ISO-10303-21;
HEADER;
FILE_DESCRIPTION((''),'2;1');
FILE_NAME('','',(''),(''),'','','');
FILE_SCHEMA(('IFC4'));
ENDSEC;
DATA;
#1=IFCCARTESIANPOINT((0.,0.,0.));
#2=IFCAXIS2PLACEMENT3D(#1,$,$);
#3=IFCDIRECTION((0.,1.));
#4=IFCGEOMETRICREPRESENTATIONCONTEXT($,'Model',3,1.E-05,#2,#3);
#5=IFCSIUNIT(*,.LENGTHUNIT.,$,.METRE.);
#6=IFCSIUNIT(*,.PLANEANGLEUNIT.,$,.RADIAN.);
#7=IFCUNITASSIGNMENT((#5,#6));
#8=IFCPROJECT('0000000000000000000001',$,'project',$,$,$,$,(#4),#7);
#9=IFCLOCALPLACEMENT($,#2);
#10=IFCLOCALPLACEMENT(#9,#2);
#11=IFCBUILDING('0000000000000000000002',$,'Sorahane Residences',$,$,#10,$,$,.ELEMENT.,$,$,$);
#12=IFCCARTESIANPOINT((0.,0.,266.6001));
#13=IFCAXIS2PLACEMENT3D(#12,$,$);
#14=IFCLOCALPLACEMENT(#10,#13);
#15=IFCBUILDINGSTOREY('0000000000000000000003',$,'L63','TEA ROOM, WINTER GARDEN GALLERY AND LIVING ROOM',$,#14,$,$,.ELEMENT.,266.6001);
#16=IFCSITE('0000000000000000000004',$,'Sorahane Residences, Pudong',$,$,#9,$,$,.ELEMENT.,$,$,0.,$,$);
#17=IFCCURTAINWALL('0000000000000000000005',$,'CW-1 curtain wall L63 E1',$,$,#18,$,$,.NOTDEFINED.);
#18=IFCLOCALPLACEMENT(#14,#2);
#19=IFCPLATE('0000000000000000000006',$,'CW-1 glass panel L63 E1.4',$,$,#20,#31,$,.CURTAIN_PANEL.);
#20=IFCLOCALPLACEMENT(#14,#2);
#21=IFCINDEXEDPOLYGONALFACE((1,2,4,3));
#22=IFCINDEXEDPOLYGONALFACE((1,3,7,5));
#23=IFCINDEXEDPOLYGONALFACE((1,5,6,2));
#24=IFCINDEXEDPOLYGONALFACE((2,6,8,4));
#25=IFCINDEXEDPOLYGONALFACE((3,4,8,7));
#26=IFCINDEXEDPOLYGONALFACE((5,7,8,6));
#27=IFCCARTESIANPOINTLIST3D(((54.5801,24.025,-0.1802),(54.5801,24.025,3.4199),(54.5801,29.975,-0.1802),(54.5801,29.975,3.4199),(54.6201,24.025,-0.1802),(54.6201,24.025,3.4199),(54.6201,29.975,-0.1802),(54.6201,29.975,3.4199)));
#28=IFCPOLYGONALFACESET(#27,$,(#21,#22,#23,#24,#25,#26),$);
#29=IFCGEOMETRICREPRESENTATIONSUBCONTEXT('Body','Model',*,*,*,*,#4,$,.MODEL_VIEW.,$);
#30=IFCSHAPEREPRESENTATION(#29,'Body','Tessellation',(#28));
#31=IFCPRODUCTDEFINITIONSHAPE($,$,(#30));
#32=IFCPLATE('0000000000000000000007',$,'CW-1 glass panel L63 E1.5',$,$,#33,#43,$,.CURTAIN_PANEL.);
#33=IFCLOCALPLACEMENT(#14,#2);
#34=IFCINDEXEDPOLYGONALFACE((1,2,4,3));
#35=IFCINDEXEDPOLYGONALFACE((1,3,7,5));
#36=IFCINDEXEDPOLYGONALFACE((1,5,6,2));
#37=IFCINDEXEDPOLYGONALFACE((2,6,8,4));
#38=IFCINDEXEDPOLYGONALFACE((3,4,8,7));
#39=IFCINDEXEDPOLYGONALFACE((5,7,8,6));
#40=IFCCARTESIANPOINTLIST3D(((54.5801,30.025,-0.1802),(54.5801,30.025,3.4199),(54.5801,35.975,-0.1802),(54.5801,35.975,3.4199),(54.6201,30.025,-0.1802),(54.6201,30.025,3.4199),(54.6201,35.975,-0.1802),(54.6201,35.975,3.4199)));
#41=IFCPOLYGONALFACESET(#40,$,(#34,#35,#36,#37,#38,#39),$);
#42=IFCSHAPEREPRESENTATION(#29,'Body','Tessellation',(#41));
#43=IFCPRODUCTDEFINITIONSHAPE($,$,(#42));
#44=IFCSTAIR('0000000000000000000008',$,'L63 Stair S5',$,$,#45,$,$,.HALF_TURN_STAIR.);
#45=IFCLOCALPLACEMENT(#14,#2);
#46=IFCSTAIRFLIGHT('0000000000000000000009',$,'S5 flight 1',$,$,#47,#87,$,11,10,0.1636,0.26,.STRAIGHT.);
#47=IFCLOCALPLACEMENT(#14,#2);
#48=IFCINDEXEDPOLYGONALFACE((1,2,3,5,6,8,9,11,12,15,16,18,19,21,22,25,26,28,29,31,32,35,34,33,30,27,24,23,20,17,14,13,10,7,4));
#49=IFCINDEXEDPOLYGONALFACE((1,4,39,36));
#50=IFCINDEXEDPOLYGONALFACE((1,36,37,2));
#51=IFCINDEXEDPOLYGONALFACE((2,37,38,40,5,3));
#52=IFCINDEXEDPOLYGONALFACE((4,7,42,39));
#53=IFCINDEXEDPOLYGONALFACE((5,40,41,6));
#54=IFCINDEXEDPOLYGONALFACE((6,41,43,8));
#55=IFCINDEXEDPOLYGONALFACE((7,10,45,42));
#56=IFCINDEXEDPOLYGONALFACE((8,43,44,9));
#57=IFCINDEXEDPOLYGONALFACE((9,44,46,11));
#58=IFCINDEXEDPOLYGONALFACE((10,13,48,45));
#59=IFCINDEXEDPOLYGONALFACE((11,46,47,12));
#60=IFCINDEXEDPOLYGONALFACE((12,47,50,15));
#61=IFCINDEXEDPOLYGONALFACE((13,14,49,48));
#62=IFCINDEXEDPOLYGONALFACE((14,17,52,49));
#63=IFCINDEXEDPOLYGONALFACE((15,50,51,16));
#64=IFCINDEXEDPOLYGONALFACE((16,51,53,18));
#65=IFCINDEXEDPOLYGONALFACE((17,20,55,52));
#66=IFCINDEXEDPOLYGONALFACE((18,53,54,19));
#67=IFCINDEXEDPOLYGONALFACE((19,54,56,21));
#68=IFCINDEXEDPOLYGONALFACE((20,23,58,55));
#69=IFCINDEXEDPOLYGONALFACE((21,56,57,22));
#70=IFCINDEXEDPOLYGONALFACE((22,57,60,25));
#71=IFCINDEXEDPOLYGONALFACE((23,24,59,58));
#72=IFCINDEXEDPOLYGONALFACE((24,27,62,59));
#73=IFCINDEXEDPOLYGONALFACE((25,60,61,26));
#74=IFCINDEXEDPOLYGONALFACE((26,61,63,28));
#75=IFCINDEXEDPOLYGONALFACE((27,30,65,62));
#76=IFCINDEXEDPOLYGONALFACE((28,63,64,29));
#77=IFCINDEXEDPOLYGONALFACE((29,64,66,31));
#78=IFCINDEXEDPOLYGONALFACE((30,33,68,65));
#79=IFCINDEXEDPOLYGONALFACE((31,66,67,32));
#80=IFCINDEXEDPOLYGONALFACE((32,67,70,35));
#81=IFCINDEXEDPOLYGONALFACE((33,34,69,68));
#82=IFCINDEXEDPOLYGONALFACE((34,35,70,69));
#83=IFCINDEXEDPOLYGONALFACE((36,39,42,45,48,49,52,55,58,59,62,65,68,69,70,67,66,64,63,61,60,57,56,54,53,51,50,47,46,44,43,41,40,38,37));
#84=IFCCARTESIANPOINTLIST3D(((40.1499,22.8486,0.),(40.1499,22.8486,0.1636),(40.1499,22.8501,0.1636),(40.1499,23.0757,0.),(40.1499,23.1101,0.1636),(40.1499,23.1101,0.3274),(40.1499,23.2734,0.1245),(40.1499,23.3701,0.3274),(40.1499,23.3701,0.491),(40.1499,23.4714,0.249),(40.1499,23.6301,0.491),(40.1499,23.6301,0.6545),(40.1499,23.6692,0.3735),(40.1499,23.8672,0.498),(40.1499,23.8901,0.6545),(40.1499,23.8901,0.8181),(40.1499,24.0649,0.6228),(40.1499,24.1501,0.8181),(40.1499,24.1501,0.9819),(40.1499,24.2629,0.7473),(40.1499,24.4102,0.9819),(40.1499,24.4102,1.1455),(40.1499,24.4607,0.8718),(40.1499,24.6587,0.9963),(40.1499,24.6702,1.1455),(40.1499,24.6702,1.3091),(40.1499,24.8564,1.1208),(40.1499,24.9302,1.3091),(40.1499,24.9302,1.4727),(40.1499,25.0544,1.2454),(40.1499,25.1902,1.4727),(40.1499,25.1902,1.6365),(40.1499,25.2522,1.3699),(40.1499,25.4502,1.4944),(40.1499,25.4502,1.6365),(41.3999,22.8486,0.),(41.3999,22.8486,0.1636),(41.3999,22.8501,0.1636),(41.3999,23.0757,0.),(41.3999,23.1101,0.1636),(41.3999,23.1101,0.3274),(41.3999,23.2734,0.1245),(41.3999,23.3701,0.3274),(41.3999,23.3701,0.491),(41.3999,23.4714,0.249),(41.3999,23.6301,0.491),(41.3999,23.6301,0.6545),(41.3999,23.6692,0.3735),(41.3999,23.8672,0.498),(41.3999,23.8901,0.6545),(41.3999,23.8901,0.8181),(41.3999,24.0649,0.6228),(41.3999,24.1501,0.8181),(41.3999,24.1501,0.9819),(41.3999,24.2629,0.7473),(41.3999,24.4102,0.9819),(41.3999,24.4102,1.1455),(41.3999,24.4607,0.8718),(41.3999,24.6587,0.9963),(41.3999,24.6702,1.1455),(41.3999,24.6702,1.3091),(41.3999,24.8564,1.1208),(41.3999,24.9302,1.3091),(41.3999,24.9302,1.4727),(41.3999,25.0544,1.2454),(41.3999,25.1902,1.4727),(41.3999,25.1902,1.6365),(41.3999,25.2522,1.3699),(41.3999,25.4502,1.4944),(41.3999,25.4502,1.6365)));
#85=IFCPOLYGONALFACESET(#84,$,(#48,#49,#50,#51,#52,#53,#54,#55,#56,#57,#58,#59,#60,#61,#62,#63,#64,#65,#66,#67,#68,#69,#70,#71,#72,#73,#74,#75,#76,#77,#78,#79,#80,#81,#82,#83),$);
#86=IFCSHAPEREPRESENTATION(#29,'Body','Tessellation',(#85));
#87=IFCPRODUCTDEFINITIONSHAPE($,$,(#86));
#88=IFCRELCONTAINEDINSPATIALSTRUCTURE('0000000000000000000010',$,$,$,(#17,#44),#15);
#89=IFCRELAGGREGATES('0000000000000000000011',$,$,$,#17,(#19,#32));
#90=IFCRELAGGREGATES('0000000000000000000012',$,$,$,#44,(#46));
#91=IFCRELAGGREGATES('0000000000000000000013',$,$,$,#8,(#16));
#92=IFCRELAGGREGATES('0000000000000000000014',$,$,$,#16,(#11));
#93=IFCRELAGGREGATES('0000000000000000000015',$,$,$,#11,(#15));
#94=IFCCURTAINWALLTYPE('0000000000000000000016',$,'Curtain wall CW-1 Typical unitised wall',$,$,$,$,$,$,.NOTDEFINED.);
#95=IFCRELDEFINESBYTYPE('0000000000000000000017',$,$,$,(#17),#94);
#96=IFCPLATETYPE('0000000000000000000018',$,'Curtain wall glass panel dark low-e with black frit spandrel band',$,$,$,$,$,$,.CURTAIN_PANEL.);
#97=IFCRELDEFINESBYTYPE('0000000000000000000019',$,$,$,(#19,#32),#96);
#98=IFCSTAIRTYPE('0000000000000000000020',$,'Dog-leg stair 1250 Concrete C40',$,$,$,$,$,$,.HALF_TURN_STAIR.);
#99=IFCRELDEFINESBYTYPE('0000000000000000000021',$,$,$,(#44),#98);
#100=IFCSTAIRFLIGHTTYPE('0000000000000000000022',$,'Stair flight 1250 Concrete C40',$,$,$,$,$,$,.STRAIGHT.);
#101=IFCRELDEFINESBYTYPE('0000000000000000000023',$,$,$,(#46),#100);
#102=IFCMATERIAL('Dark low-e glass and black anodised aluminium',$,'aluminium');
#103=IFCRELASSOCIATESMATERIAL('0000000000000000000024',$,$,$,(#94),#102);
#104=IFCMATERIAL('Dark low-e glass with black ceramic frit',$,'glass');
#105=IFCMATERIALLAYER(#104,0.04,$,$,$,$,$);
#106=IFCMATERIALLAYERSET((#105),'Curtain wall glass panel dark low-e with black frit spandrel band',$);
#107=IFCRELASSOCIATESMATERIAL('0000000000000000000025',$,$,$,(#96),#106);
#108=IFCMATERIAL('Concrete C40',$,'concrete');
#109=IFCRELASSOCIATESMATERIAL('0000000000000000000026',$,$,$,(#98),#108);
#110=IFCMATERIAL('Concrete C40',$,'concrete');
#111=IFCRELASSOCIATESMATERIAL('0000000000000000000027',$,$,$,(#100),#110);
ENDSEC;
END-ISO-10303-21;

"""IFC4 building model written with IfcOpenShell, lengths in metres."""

from ifc_helpers import new_model, si_unit, direction, frame, origin, origin_2d, place, context, subcontext, project, spatial, polyline, rectangle, outline, extrude, material, layer, layer_set, type_object, element, aggregate, save


model = new_model("IFC4")

# Units and contexts
model_context = context("Model", 3, precision=1e-05, world=origin(), true_north=direction((0.0, 1.0)))
body_context = subcontext(model_context, "Body", "Model", "MODEL_VIEW")
ifc_project = project(units=[si_unit("LENGTHUNIT", "METRE"), si_unit("PLANEANGLEUNIT", "RADIAN")], contexts=[model_context])

# Site, building, storey
site_placement = place(None, origin())
site = spatial("IfcSite", under=ifc_project, at=site_placement, Name="Sorahane Residences, Pudong", CompositionType="ELEMENT", RefElevation=0.0)
building_placement = place(site_placement, origin())
building = spatial("IfcBuilding", under=site, at=building_placement, Name="Sorahane Residences", CompositionType="ELEMENT")
storey_placement = place(building_placement, frame((0.0, 0.0, 266.6001)))
storey = spatial("IfcBuildingStorey", under=building, at=storey_placement, Name="L63", Description="TEA ROOM, WINTER GARDEN GALLERY AND LIVING ROOM", CompositionType="ELEMENT", Elevation=266.6001)

# Curtain wall
ifc_material_1 = material(Name="Dark low-e glass and black anodised aluminium", Category="aluminium")
curtain_wall_type = type_object("IfcCurtainWallType", Name="Curtain wall CW-1 Typical unitised wall", PredefinedType="NOTDEFINED", material=ifc_material_1)
curtain_wall_placement = place(storey_placement, origin())
curtain_wall = element("IfcCurtainWall", 1, at=curtain_wall_placement, inside=storey, type_object=curtain_wall_type, Name="CW-1 curtain wall L63 E1", PredefinedType="NOTDEFINED")

# Plates
ifc_material_2 = material(Name="Dark low-e glass with black ceramic frit", Category="glass")
ifc_layer = layer(ifc_material_2, 0.04)
ifc_layer_set = layer_set([ifc_layer], Name="Curtain wall glass panel dark low-e with black frit spandrel band")
plate_type = type_object("IfcPlateType", Name="Curtain wall glass panel dark low-e with black frit spandrel band", PredefinedType="CURTAIN_PANEL", material=ifc_layer_set)
plate_1_placement = place(storey_placement, frame((54.6001, 27.0, -0.1802), z_axis=(0.0, 0.0, 1.0), x_axis=(0.0, 1.0, 0.0)))
plate_1 = element("IfcPlate", 2, at=plate_1_placement, type_object=plate_type, Name="CW-1 glass panel L63 E1.4", PredefinedType="CURTAIN_PANEL", context=body_context, shape_type="SweptSolid", body=[
    extrude(rectangle(XDim=5.95, YDim=0.04, at=origin_2d()), origin(), (0.0, 0.0, 1.0), 3.6001),
])
plate_2_placement = place(storey_placement, frame((54.6001, 33.0, -0.1802), z_axis=(0.0, 0.0, 1.0), x_axis=(0.0, 1.0, 0.0)))
plate_2 = element("IfcPlate", 3, at=plate_2_placement, type_object=plate_type, Name="CW-1 glass panel L63 E1.5", PredefinedType="CURTAIN_PANEL", context=body_context, shape_type="SweptSolid", body=[
    extrude(rectangle(XDim=5.95, YDim=0.04, at=origin_2d()), origin(), (0.0, 0.0, 1.0), 3.6001),
])
aggregate(curtain_wall, [plate_1, plate_2])

# Stair, stair flight
ifc_material_3 = material(Name="Concrete C40", Category="concrete")
stair_type = type_object("IfcStairType", Name="Dog-leg stair 1250 Concrete C40", PredefinedType="HALF_TURN_STAIR", material=ifc_material_3)
stair_placement = place(storey_placement, origin())
stair = element("IfcStair", 4, at=stair_placement, inside=storey, type_object=stair_type, Name="L63 Stair S5", PredefinedType="HALF_TURN_STAIR")
ifc_material_4 = material(Name="Concrete C40", Category="concrete")
stair_flight_type = type_object("IfcStairFlightType", Name="Stair flight 1250 Concrete C40", PredefinedType="STRAIGHT", material=ifc_material_4)
stair_flight_placement = place(storey_placement, frame((40.7749, 22.8501, 0.0), z_axis=(0.0, 0.0, 1.0), x_axis=(0.0, 1.0, 0.0)))
stair_flight = element("IfcStairFlight", 5, at=stair_flight_placement, type_object=stair_flight_type, Name="S5 flight 1", NumberOfRisers=11, NumberOfTreads=10, PredefinedType="STRAIGHT", RiserHeight=0.1636, TreadLength=0.26, context=body_context, shape_type="SweptSolid", body=[
    extrude(outline(polyline([(-0.0015, 0.0), (-0.0015, 0.1636), (0.0, 0.1636), (0.26, 0.1636), (0.26, 0.3274), (0.52, 0.3274), (0.52, 0.491), (0.78, 0.491), (0.78, 0.6545), (1.04, 0.6545), (1.04, 0.8181), (1.3, 0.8181), (1.3, 0.9819), (1.5601, 0.9819), (1.5601, 1.1455), (1.8201, 1.1455), (1.8201, 1.3091), (2.0801, 1.3091), (2.0801, 1.4727), (2.3401, 1.4727), (2.3401, 1.6365), (2.6001, 1.6365), (2.6001, 1.8), (2.6001, 1.4944), (2.4021, 1.3699), (2.2043, 1.2454), (2.0063, 1.1208), (1.8086, 0.9963), (1.6106, 0.8718), (1.4128, 0.7473), (1.2148, 0.6228), (1.0171, 0.498), (0.8191, 0.3735), (0.6213, 0.249), (0.4233, 0.1245), (0.2256, 0.0), (-0.0015, 0.0)])), frame((0.0, 0.625, 0.0), z_axis=(0.0, -1.0, 0.0), x_axis=(1.0, 0.0, 0.0)), (0.0, 0.0, 1.0), 1.25),
])
aggregate(stair, [stair_flight])

save(model, "model.ifc")
